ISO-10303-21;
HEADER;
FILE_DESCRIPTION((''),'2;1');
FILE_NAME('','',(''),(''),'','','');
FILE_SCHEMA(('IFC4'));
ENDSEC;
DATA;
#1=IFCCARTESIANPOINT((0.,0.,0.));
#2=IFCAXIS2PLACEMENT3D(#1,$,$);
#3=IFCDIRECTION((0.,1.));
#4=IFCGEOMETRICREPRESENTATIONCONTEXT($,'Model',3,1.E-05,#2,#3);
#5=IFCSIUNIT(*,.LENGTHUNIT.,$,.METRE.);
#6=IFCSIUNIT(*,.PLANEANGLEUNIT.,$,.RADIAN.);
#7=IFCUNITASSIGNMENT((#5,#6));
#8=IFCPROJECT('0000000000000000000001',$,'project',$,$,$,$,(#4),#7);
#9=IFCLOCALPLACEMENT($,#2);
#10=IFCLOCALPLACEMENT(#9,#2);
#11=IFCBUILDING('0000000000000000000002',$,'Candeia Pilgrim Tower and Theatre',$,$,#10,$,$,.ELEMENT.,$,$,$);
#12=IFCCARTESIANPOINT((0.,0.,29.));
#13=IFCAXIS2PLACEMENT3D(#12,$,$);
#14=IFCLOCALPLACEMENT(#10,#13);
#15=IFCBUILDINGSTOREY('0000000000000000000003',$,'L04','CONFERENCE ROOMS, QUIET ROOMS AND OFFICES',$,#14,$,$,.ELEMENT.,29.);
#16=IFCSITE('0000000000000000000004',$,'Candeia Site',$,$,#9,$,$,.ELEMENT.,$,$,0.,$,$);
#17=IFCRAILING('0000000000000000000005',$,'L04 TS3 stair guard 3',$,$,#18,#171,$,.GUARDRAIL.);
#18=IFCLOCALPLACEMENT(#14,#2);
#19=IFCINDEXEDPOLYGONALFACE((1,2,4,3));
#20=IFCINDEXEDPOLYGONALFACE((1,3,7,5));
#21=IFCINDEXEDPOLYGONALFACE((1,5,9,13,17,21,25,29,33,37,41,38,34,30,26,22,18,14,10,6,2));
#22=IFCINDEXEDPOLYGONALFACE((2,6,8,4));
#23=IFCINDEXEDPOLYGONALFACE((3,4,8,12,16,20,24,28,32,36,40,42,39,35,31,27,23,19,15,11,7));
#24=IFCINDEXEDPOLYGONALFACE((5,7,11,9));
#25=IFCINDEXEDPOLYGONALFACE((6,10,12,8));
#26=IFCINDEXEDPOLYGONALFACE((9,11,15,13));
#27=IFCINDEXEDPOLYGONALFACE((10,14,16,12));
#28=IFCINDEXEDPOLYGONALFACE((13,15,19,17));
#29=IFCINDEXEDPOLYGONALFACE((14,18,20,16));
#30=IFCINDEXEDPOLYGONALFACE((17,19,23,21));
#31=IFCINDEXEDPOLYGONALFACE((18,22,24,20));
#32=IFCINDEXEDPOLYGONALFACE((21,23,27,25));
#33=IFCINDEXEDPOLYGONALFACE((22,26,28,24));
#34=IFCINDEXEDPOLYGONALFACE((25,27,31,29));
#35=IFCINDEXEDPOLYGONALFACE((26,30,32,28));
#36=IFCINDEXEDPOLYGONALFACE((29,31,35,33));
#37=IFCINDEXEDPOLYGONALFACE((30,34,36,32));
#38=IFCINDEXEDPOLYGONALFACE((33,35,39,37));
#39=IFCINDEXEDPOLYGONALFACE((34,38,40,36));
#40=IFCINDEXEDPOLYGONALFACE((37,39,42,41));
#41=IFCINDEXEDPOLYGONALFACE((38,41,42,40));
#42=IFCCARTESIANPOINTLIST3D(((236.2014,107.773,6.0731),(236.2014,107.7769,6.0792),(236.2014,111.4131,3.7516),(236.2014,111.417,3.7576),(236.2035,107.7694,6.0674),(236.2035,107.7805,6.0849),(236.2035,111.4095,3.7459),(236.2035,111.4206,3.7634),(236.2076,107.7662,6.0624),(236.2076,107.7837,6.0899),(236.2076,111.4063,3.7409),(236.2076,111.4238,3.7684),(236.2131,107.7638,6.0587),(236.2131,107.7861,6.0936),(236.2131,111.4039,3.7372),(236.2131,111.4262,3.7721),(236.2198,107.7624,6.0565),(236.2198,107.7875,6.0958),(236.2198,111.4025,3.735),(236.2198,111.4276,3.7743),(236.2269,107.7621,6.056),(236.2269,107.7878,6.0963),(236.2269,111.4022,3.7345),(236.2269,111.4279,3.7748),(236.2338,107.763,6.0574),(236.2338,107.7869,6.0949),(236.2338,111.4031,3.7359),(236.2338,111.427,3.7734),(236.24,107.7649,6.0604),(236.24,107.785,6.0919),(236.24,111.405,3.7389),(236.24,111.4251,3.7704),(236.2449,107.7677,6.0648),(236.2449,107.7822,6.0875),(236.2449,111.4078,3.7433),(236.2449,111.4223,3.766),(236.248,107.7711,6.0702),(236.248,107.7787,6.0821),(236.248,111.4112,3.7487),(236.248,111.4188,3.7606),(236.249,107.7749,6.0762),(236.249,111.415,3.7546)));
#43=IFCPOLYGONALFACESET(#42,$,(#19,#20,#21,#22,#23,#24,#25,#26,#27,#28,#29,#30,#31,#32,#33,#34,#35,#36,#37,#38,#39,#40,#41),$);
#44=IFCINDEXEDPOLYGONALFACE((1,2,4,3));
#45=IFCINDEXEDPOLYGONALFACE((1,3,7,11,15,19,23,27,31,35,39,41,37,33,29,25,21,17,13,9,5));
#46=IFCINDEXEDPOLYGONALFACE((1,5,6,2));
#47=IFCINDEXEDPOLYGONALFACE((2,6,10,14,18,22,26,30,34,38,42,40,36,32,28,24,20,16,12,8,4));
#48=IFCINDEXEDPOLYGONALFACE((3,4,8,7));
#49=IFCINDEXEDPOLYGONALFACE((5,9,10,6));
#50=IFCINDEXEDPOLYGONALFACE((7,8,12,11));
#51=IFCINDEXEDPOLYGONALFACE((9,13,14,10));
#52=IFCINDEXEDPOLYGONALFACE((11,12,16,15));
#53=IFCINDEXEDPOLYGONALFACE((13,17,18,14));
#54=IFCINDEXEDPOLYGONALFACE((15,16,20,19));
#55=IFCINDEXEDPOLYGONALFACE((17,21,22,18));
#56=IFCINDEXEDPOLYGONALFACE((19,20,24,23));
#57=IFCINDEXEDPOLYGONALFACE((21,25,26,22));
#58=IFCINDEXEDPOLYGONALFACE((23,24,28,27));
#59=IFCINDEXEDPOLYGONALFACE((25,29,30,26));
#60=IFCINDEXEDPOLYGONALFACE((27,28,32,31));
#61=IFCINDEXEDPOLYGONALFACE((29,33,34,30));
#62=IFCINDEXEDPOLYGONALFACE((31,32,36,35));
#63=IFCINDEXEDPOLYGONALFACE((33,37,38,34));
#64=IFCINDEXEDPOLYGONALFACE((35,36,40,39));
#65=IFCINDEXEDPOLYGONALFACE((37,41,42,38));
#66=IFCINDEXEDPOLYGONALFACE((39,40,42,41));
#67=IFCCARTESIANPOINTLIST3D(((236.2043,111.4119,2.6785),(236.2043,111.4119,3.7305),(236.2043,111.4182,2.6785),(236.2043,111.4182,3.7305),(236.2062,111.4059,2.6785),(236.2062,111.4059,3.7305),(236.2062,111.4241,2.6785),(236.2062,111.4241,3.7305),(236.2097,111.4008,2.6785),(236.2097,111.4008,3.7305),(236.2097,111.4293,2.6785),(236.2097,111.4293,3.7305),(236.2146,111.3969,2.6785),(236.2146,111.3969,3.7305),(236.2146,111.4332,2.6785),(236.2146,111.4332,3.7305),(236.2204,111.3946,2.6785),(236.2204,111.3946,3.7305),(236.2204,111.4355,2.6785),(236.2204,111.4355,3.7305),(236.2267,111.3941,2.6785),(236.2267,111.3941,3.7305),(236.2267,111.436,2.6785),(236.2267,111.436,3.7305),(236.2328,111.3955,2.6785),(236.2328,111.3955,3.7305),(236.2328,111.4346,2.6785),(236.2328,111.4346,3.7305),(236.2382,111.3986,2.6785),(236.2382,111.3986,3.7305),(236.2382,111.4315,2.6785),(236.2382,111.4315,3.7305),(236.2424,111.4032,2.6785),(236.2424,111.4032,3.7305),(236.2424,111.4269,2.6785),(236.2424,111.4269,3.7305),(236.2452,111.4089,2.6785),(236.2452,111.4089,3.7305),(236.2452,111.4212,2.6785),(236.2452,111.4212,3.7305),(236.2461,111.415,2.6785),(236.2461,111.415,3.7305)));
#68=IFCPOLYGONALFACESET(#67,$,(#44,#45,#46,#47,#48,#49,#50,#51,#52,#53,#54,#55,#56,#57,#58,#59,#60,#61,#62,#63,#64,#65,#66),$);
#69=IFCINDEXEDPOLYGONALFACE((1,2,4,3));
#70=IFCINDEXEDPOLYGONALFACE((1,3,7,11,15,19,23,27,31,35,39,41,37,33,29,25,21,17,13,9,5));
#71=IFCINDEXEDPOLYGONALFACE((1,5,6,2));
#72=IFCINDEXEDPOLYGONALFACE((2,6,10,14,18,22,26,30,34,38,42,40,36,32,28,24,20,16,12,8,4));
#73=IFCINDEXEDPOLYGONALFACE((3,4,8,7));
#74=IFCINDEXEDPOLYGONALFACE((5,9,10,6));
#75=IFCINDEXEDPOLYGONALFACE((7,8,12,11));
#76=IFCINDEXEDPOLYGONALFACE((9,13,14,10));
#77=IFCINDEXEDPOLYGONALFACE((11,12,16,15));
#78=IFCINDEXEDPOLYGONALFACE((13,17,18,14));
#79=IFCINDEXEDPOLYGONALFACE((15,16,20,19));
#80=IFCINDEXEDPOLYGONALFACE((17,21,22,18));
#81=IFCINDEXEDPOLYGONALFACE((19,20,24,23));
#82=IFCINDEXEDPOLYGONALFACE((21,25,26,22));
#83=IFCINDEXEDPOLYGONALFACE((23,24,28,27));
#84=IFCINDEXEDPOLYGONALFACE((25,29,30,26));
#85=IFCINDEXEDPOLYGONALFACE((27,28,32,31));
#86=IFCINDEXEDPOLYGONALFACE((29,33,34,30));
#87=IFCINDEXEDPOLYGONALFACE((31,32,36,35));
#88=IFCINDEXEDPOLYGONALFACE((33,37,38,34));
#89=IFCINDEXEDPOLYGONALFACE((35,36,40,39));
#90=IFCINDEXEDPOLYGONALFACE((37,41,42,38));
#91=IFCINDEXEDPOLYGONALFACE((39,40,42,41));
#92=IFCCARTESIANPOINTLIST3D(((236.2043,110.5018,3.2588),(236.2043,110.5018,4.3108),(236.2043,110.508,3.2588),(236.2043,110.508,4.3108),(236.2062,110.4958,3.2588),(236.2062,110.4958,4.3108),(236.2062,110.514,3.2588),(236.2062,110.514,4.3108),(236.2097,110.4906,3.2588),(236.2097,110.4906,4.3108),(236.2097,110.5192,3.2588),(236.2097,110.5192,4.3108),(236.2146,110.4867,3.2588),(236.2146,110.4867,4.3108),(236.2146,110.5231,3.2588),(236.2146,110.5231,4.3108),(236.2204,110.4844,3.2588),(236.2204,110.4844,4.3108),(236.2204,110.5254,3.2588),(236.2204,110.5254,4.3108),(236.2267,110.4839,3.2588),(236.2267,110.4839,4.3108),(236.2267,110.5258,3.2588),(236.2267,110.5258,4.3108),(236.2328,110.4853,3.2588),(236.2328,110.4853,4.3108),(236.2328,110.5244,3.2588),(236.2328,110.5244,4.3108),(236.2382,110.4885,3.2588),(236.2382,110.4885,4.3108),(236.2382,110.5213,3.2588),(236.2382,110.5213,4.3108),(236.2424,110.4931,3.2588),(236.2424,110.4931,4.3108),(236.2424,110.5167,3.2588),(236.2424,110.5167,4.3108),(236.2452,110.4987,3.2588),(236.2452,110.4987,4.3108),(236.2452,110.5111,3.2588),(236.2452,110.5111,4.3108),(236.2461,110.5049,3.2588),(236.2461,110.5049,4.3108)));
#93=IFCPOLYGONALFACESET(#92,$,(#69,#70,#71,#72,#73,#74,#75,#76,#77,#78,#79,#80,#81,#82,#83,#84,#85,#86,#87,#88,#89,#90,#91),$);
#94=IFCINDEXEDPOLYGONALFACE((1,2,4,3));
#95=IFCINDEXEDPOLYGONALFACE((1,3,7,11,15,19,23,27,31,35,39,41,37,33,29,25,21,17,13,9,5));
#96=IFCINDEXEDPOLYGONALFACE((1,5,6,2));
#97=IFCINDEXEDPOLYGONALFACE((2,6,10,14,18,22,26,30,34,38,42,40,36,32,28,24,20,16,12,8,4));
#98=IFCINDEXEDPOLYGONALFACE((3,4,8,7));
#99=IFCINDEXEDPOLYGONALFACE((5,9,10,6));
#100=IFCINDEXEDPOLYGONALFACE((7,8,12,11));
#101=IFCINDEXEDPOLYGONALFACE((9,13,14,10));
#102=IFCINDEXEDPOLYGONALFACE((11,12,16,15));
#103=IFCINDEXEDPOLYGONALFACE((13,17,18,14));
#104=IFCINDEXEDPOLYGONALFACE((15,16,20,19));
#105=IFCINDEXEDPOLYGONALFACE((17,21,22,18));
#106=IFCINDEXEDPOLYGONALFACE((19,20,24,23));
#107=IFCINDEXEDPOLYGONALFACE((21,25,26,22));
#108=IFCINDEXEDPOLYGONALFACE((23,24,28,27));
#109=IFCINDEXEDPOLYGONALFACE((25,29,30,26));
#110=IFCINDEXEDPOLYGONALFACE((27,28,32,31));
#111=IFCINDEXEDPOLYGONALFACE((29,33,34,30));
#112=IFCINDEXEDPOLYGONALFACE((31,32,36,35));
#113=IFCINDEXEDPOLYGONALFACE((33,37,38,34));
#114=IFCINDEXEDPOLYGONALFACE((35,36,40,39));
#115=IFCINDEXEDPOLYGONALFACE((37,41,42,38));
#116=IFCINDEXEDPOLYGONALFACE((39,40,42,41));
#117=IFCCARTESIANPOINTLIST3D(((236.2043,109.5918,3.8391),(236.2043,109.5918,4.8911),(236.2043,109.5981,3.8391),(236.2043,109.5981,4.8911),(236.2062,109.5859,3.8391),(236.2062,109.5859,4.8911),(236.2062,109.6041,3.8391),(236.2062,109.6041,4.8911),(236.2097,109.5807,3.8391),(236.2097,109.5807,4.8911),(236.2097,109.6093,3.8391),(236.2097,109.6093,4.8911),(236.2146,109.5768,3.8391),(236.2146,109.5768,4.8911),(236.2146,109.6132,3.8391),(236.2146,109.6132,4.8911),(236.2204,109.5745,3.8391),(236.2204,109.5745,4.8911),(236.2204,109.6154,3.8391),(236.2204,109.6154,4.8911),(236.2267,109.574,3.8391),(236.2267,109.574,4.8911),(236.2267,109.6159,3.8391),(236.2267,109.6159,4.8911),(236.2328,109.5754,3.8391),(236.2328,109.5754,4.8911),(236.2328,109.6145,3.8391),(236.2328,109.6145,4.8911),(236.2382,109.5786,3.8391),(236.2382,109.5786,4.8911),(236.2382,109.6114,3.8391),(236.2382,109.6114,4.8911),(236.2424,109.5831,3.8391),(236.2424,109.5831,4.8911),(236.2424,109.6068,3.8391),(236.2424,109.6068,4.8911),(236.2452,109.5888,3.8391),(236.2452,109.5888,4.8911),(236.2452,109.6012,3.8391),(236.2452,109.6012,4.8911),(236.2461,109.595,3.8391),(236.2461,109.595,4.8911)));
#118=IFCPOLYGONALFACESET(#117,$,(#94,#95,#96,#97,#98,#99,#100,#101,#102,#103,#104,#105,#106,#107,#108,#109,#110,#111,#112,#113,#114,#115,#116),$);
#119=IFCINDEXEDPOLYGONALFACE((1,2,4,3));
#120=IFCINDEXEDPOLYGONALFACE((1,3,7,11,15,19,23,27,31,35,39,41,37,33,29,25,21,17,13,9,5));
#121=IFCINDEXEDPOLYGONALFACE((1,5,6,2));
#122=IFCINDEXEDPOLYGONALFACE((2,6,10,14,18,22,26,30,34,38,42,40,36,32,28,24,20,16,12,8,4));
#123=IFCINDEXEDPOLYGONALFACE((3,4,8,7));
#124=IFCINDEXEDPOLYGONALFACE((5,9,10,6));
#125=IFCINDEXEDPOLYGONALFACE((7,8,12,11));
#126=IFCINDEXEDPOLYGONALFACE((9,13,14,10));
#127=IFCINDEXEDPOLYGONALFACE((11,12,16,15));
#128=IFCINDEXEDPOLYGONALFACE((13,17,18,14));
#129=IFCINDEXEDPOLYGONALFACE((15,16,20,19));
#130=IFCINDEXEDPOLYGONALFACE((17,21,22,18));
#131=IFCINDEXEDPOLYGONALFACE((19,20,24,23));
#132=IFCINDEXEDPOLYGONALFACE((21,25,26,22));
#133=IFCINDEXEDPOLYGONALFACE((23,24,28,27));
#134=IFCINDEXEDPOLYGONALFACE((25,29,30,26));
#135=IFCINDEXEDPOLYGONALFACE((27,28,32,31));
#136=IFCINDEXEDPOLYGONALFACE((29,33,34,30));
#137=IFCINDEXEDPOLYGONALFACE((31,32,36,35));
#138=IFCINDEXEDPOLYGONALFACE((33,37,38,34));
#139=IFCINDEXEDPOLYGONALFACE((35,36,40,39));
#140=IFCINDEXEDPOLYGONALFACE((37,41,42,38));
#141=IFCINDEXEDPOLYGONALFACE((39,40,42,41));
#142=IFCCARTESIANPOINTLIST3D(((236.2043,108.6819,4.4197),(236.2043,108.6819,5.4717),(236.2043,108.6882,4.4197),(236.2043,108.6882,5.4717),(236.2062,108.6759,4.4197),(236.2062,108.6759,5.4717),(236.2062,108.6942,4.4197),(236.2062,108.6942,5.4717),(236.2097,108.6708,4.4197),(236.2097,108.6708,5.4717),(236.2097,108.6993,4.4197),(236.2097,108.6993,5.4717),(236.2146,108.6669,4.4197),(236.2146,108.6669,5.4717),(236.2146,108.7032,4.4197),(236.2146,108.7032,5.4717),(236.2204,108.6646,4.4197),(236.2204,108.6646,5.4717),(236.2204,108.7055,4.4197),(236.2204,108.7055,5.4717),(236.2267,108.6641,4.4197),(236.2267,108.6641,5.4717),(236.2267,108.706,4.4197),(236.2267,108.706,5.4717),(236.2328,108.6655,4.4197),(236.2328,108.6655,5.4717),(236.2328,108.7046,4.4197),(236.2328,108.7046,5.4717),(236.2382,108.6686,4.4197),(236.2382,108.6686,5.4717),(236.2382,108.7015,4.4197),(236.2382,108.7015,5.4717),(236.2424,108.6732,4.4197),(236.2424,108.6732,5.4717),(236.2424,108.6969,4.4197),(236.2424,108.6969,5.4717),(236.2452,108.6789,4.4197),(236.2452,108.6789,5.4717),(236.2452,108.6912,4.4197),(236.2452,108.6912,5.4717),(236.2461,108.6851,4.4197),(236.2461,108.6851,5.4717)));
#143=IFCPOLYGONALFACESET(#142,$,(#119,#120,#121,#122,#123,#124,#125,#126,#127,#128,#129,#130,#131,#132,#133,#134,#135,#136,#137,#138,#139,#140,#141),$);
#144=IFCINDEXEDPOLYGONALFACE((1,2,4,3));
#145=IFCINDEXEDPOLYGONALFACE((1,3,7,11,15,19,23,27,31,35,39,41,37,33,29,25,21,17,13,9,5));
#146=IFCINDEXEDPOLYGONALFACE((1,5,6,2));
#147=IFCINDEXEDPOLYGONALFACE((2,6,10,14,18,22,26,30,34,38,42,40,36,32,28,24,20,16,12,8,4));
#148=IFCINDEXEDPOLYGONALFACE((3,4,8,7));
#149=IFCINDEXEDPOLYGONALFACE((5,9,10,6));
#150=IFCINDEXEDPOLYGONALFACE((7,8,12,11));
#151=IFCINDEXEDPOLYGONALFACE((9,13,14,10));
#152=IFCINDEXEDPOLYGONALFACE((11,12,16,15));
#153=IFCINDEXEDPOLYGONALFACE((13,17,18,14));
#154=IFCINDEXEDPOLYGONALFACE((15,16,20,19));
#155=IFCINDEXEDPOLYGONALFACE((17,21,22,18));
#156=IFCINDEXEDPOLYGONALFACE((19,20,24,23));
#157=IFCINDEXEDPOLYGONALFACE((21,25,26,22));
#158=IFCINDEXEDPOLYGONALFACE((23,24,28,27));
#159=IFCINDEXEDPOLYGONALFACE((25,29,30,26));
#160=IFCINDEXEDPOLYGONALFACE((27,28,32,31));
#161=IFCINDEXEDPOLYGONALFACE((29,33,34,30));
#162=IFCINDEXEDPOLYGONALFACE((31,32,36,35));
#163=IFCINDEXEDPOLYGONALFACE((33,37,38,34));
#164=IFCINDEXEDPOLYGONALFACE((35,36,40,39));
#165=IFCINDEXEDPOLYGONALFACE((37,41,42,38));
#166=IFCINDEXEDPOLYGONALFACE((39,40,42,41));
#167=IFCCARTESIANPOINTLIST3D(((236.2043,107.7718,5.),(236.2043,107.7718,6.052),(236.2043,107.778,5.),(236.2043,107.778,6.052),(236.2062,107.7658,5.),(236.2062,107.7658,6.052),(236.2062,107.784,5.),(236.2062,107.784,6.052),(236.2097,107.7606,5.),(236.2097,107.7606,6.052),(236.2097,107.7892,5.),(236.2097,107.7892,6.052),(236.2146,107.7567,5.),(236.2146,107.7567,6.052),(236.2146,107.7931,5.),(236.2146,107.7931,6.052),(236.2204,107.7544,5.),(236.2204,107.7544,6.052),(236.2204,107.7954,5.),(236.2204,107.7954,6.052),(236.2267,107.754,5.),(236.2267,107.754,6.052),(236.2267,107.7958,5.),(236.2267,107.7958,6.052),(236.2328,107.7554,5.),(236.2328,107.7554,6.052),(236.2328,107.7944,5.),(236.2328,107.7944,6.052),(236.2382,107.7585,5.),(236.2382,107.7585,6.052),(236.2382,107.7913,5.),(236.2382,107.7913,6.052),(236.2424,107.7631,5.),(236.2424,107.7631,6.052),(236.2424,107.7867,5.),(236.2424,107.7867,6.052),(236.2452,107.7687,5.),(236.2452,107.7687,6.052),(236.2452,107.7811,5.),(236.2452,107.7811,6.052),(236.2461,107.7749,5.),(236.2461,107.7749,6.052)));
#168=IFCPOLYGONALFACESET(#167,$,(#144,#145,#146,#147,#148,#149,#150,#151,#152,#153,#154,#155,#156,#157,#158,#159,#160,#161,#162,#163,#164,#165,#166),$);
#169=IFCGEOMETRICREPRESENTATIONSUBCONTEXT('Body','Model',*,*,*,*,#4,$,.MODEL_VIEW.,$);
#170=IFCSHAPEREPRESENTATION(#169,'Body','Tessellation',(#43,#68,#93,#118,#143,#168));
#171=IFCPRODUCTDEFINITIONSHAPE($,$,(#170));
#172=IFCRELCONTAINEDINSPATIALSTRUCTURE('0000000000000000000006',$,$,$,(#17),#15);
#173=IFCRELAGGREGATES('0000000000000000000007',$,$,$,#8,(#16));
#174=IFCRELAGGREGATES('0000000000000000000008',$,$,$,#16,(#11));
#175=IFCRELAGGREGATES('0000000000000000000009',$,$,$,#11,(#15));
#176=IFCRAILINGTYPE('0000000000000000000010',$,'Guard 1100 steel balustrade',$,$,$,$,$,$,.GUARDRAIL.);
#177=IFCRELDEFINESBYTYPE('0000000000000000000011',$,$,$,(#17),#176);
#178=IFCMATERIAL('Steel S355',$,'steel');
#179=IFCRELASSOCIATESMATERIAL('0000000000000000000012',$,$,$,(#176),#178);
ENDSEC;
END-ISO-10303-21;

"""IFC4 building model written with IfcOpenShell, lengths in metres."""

from ifc_helpers import new_model, si_unit, direction, frame, origin, origin_2d, place, context, subcontext, project, spatial, circle, extrude, material, type_object, element, save


model = new_model("IFC4")

# Units and contexts
model_context = context("Model", 3, precision=1e-05, world=origin(), true_north=direction((0.0, 1.0)))
body_context = subcontext(model_context, "Body", "Model", "MODEL_VIEW")
ifc_project = project(units=[si_unit("LENGTHUNIT", "METRE"), si_unit("PLANEANGLEUNIT", "RADIAN")], contexts=[model_context])

# Site, building, storey
site_placement = place(None, origin())
site = spatial("IfcSite", under=ifc_project, at=site_placement, Name="Candeia Site", CompositionType="ELEMENT", RefElevation=0.0)
building_placement = place(site_placement, origin())
building = spatial("IfcBuilding", under=site, at=building_placement, Name="Candeia Pilgrim Tower and Theatre", CompositionType="ELEMENT")
storey_placement = place(building_placement, frame((0.0, 0.0, 29.0)))
storey = spatial("IfcBuildingStorey", under=building, at=storey_placement, Name="L04", Description="CONFERENCE ROOMS, QUIET ROOMS AND OFFICES", CompositionType="ELEMENT", Elevation=29.0)

# Railing
ifc_material_1 = material(Name="Steel S355", Category="steel")
railing_type_1 = type_object("IfcRailingType", Name="Guard 1100 steel balustrade", PredefinedType="GUARDRAIL", material=ifc_material_1)
railing_1_placement = place(storey_placement, frame((236.2251, 111.415, 2.6785)))
element("IfcRailing", 1, at=railing_1_placement, inside=storey, type_object=railing_type_1, Name="L04 TS3 stair guard 3", PredefinedType="GUARDRAIL", context=body_context, shape_type="SweptSolid", body=[
    extrude(circle(Radius=0.0239, at=origin_2d()), frame((0.0, 0.0, 1.0762), z_axis=(0.0, -0.843128, 0.537713), x_axis=(1.0, 0.0, 0.0)), (0.0, 0.0, 1.0), 4.3174),
    extrude(circle(Radius=0.021, at=origin_2d()), origin(), (0.0, 0.0, 1.0), 1.052),
    extrude(circle(Radius=0.021, at=origin_2d()), frame((0.0, -0.9102, 0.5803)), (0.0, 0.0, 1.0), 1.052),
    extrude(circle(Radius=0.021, at=origin_2d()), frame((0.0, -1.8201, 1.1606)), (0.0, 0.0, 1.0), 1.052),
    extrude(circle(Radius=0.021, at=origin_2d()), frame((0.0, -2.73, 1.7412)), (0.0, 0.0, 1.0), 1.052),
    extrude(circle(Radius=0.021, at=origin_2d()), frame((0.0, -3.6401, 2.3215)), (0.0, 0.0, 1.0), 1.052),
])

save(model, "model.ifc")
